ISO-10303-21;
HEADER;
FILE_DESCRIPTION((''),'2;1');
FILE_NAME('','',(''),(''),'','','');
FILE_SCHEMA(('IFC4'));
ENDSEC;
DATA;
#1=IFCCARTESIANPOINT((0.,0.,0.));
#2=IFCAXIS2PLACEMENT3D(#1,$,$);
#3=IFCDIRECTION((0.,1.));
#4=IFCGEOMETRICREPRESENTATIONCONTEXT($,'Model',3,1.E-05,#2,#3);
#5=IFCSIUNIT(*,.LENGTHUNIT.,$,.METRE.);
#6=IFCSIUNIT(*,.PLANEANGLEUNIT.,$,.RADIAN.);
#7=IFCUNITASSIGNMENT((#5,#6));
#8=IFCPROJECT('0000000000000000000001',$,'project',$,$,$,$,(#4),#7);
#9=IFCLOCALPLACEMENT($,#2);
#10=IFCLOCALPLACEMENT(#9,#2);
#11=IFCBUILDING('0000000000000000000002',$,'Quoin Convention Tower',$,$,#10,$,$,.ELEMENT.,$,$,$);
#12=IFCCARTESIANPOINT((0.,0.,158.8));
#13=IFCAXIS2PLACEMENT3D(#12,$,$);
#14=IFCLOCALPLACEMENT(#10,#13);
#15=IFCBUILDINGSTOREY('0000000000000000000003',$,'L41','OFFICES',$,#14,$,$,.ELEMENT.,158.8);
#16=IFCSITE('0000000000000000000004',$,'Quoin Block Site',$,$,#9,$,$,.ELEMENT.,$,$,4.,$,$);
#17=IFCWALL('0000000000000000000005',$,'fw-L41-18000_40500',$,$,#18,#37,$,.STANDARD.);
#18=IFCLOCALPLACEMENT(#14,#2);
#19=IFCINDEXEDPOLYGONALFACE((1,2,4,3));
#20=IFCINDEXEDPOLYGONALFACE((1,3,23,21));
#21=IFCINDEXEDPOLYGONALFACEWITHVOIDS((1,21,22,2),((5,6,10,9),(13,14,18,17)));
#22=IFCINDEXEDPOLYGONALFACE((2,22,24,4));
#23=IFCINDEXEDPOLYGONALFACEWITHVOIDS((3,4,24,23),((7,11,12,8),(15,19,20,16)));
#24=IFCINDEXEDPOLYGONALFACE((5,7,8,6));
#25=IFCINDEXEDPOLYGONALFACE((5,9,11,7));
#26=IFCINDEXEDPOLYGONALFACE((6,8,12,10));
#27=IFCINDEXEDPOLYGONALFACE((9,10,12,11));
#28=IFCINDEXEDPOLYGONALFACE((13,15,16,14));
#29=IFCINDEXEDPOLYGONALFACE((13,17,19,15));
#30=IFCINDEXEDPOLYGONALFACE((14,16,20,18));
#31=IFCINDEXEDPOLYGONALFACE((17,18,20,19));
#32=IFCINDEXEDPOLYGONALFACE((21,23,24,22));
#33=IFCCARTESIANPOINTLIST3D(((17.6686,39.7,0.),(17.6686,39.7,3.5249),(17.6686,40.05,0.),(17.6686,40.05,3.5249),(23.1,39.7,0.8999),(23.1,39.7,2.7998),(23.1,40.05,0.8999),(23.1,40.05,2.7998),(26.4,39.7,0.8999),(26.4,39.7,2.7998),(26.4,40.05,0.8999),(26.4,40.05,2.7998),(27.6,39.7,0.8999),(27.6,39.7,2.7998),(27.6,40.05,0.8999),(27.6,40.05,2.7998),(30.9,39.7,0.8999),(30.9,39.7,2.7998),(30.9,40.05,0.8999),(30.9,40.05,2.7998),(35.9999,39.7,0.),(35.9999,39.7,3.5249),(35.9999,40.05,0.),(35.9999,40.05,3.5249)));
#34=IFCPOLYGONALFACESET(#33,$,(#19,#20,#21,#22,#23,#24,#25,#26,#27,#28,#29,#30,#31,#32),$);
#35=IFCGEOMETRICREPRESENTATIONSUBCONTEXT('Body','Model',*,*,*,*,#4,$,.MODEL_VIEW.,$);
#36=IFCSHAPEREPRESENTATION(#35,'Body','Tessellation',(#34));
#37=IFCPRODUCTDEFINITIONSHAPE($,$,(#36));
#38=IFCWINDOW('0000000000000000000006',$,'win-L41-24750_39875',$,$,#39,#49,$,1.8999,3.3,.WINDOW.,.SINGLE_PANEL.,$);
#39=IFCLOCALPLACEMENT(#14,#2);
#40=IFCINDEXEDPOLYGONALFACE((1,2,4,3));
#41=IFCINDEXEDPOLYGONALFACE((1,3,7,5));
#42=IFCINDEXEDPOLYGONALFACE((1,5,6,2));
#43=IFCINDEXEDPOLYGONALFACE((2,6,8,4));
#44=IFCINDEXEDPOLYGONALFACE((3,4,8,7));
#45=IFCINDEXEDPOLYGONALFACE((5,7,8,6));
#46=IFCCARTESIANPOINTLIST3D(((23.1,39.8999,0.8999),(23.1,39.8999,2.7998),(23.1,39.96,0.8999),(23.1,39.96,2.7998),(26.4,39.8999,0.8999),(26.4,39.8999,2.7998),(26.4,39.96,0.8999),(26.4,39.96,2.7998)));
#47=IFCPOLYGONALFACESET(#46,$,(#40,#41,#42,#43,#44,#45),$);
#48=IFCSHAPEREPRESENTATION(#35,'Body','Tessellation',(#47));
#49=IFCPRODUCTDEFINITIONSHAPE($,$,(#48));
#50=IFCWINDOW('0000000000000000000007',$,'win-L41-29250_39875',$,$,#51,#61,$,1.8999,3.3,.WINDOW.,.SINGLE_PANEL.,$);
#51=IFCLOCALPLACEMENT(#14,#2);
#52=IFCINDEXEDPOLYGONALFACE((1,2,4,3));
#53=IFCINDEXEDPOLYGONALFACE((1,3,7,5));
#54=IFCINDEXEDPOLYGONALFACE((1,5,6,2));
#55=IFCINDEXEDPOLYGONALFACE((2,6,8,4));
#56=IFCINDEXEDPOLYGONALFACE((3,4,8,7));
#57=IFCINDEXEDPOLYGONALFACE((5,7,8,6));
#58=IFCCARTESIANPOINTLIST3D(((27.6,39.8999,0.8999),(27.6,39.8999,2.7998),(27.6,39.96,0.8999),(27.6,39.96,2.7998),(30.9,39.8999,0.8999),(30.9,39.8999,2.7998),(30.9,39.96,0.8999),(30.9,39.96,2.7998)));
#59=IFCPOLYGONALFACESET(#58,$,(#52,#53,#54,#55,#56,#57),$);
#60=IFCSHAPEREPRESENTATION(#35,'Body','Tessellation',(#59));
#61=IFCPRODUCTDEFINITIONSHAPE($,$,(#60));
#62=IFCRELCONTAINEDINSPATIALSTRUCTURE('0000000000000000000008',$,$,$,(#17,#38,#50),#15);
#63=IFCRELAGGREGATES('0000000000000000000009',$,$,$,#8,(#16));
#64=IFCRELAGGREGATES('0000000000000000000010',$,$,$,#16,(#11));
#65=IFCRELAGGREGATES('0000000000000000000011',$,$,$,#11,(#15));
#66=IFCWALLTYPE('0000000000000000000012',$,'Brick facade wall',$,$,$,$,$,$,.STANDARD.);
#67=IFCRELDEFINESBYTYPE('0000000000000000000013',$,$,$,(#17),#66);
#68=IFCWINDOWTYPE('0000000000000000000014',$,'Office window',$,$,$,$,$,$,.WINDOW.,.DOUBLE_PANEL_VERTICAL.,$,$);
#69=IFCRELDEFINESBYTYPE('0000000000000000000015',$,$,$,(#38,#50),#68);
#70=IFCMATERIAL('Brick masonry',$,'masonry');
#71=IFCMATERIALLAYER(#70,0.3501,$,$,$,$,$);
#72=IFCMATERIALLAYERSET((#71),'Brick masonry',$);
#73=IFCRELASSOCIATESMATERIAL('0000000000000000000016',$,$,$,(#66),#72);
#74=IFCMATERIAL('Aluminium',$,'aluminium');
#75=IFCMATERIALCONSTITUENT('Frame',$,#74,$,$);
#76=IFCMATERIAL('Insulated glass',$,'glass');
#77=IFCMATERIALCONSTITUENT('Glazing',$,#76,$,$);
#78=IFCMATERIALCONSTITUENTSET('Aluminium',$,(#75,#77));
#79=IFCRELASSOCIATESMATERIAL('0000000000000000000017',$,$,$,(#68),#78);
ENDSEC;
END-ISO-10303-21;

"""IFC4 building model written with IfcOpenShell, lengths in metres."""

from ifc_helpers import new_model, si_unit, direction, frame, frame_2d, origin, place, context, subcontext, project, spatial, rectangle, extrude, material, layer, layer_set, constituent, constituent_set, type_object, element, fill, save


model = new_model("IFC4")

# Units and contexts
model_context = context("Model", 3, precision=1e-05, world=origin(), true_north=direction((0.0, 1.0)))
body_context = subcontext(model_context, "Body", "Model", "MODEL_VIEW")
ifc_project = project(units=[si_unit("LENGTHUNIT", "METRE"), si_unit("PLANEANGLEUNIT", "RADIAN")], contexts=[model_context])

# Site, building, storey
site_placement = place(None, origin())
site = spatial("IfcSite", under=ifc_project, at=site_placement, Name="Quoin Block Site", CompositionType="ELEMENT", RefElevation=4.0)
building_placement = place(site_placement, origin())
building = spatial("IfcBuilding", under=site, at=building_placement, Name="Quoin Convention Tower", CompositionType="ELEMENT")
storey_placement = place(building_placement, frame((0.0, 0.0, 158.8)))
storey = spatial("IfcBuildingStorey", under=building, at=storey_placement, Name="L41", Description="OFFICES", CompositionType="ELEMENT", Elevation=158.8)

# Wall, openings, windows
ifc_material_1 = material(Name="Brick masonry", Category="masonry")
ifc_layer_1 = layer(ifc_material_1, 0.3501)
ifc_layer_set_1 = layer_set([ifc_layer_1], Name="Brick masonry")
wall_type = type_object("IfcWallType", Name="Brick facade wall", PredefinedType="STANDARD", material=ifc_layer_set_1)
ifc_material_2 = material(Name="Aluminium", Category="aluminium")
ifc_constituent_1 = constituent(ifc_material_2, Name="Frame")
ifc_material_3 = material(Name="Insulated glass", Category="glass")
ifc_constituent_2 = constituent(ifc_material_3, Name="Glazing")
ifc_constituent_set = constituent_set(constituents=[ifc_constituent_1, ifc_constituent_2], Name="Aluminium")
window_type = type_object("IfcWindowType", Name="Office window", PartitioningType="DOUBLE_PANEL_VERTICAL", PredefinedType="WINDOW", material=ifc_constituent_set)
wall_1_placement = place(storey_placement, frame((17.6687, 39.875, 0.0), z_axis=(0.0, 0.0, 1.0), x_axis=(1.0, 0.0, 0.0)))
wall_1 = element("IfcWall", 1, at=wall_1_placement, inside=storey, type_object=wall_type, Name="fw-L41-18000_40500", PredefinedType="STANDARD", context=body_context, shape_type="SweptSolid", body=[
    extrude(rectangle(XDim=18.3313, YDim=0.3501, at=frame_2d((9.1655, 0.0))), origin(), (0.0, 0.0, 1.0), 3.5249),
])
opening_1_placement = place(wall_1_placement, frame((5.4314, 0.0, 0.8999)))
opening_1 = element("IfcOpeningElement", 2, at=opening_1_placement, cuts=wall_1, PredefinedType="OPENING", context=body_context, shape_type="SweptSolid", body=[
    extrude(rectangle(XDim=3.3, YDim=1.8999, at=frame_2d((1.6499, 0.95))), frame((0.0, 0.1851, 0.0), z_axis=(0.0, -1.0, 0.0), x_axis=(1.0, 0.0, 0.0)), (0.0, 0.0, 1.0), 0.3701),
])
opening_2_placement = place(wall_1_placement, frame((9.9314, 0.0, 0.8999)))
opening_2 = element("IfcOpeningElement", 3, at=opening_2_placement, cuts=wall_1, PredefinedType="OPENING", context=body_context, shape_type="SweptSolid", body=[
    extrude(rectangle(XDim=3.3, YDim=1.8999, at=frame_2d((1.6499, 0.95))), frame((0.0, 0.1851, 0.0), z_axis=(0.0, -1.0, 0.0), x_axis=(1.0, 0.0, 0.0)), (0.0, 0.0, 1.0), 0.3701),
])
window_1_placement = place(opening_1_placement, origin())
window_1 = element("IfcWindow", 4, at=window_1_placement, inside=storey, type_object=window_type, Name="win-L41-24750_39875", OverallHeight=1.8999, OverallWidth=3.3, PartitioningType="SINGLE_PANEL", PredefinedType="WINDOW", context=body_context, shape_type="SweptSolid", body=[
    extrude(rectangle(XDim=3.3, YDim=1.8999, at=frame_2d((1.6499, 0.95))), frame((0.0, 0.085, 0.0), z_axis=(0.0, -1.0, 0.0), x_axis=(1.0, 0.0, 0.0)), (0.0, 0.0, 1.0), 0.0601),
])
fill(opening_1, window_1)
window_2_placement = place(opening_2_placement, origin())
window_2 = element("IfcWindow", 5, at=window_2_placement, inside=storey, type_object=window_type, Name="win-L41-29250_39875", OverallHeight=1.8999, OverallWidth=3.3, PartitioningType="SINGLE_PANEL", PredefinedType="WINDOW", context=body_context, shape_type="SweptSolid", body=[
    extrude(rectangle(XDim=3.3, YDim=1.8999, at=frame_2d((1.6499, 0.95))), frame((0.0, 0.085, 0.0), z_axis=(0.0, -1.0, 0.0), x_axis=(1.0, 0.0, 0.0)), (0.0, 0.0, 1.0), 0.0601),
])
fill(opening_2, window_2)

save(model, "model.ifc")
